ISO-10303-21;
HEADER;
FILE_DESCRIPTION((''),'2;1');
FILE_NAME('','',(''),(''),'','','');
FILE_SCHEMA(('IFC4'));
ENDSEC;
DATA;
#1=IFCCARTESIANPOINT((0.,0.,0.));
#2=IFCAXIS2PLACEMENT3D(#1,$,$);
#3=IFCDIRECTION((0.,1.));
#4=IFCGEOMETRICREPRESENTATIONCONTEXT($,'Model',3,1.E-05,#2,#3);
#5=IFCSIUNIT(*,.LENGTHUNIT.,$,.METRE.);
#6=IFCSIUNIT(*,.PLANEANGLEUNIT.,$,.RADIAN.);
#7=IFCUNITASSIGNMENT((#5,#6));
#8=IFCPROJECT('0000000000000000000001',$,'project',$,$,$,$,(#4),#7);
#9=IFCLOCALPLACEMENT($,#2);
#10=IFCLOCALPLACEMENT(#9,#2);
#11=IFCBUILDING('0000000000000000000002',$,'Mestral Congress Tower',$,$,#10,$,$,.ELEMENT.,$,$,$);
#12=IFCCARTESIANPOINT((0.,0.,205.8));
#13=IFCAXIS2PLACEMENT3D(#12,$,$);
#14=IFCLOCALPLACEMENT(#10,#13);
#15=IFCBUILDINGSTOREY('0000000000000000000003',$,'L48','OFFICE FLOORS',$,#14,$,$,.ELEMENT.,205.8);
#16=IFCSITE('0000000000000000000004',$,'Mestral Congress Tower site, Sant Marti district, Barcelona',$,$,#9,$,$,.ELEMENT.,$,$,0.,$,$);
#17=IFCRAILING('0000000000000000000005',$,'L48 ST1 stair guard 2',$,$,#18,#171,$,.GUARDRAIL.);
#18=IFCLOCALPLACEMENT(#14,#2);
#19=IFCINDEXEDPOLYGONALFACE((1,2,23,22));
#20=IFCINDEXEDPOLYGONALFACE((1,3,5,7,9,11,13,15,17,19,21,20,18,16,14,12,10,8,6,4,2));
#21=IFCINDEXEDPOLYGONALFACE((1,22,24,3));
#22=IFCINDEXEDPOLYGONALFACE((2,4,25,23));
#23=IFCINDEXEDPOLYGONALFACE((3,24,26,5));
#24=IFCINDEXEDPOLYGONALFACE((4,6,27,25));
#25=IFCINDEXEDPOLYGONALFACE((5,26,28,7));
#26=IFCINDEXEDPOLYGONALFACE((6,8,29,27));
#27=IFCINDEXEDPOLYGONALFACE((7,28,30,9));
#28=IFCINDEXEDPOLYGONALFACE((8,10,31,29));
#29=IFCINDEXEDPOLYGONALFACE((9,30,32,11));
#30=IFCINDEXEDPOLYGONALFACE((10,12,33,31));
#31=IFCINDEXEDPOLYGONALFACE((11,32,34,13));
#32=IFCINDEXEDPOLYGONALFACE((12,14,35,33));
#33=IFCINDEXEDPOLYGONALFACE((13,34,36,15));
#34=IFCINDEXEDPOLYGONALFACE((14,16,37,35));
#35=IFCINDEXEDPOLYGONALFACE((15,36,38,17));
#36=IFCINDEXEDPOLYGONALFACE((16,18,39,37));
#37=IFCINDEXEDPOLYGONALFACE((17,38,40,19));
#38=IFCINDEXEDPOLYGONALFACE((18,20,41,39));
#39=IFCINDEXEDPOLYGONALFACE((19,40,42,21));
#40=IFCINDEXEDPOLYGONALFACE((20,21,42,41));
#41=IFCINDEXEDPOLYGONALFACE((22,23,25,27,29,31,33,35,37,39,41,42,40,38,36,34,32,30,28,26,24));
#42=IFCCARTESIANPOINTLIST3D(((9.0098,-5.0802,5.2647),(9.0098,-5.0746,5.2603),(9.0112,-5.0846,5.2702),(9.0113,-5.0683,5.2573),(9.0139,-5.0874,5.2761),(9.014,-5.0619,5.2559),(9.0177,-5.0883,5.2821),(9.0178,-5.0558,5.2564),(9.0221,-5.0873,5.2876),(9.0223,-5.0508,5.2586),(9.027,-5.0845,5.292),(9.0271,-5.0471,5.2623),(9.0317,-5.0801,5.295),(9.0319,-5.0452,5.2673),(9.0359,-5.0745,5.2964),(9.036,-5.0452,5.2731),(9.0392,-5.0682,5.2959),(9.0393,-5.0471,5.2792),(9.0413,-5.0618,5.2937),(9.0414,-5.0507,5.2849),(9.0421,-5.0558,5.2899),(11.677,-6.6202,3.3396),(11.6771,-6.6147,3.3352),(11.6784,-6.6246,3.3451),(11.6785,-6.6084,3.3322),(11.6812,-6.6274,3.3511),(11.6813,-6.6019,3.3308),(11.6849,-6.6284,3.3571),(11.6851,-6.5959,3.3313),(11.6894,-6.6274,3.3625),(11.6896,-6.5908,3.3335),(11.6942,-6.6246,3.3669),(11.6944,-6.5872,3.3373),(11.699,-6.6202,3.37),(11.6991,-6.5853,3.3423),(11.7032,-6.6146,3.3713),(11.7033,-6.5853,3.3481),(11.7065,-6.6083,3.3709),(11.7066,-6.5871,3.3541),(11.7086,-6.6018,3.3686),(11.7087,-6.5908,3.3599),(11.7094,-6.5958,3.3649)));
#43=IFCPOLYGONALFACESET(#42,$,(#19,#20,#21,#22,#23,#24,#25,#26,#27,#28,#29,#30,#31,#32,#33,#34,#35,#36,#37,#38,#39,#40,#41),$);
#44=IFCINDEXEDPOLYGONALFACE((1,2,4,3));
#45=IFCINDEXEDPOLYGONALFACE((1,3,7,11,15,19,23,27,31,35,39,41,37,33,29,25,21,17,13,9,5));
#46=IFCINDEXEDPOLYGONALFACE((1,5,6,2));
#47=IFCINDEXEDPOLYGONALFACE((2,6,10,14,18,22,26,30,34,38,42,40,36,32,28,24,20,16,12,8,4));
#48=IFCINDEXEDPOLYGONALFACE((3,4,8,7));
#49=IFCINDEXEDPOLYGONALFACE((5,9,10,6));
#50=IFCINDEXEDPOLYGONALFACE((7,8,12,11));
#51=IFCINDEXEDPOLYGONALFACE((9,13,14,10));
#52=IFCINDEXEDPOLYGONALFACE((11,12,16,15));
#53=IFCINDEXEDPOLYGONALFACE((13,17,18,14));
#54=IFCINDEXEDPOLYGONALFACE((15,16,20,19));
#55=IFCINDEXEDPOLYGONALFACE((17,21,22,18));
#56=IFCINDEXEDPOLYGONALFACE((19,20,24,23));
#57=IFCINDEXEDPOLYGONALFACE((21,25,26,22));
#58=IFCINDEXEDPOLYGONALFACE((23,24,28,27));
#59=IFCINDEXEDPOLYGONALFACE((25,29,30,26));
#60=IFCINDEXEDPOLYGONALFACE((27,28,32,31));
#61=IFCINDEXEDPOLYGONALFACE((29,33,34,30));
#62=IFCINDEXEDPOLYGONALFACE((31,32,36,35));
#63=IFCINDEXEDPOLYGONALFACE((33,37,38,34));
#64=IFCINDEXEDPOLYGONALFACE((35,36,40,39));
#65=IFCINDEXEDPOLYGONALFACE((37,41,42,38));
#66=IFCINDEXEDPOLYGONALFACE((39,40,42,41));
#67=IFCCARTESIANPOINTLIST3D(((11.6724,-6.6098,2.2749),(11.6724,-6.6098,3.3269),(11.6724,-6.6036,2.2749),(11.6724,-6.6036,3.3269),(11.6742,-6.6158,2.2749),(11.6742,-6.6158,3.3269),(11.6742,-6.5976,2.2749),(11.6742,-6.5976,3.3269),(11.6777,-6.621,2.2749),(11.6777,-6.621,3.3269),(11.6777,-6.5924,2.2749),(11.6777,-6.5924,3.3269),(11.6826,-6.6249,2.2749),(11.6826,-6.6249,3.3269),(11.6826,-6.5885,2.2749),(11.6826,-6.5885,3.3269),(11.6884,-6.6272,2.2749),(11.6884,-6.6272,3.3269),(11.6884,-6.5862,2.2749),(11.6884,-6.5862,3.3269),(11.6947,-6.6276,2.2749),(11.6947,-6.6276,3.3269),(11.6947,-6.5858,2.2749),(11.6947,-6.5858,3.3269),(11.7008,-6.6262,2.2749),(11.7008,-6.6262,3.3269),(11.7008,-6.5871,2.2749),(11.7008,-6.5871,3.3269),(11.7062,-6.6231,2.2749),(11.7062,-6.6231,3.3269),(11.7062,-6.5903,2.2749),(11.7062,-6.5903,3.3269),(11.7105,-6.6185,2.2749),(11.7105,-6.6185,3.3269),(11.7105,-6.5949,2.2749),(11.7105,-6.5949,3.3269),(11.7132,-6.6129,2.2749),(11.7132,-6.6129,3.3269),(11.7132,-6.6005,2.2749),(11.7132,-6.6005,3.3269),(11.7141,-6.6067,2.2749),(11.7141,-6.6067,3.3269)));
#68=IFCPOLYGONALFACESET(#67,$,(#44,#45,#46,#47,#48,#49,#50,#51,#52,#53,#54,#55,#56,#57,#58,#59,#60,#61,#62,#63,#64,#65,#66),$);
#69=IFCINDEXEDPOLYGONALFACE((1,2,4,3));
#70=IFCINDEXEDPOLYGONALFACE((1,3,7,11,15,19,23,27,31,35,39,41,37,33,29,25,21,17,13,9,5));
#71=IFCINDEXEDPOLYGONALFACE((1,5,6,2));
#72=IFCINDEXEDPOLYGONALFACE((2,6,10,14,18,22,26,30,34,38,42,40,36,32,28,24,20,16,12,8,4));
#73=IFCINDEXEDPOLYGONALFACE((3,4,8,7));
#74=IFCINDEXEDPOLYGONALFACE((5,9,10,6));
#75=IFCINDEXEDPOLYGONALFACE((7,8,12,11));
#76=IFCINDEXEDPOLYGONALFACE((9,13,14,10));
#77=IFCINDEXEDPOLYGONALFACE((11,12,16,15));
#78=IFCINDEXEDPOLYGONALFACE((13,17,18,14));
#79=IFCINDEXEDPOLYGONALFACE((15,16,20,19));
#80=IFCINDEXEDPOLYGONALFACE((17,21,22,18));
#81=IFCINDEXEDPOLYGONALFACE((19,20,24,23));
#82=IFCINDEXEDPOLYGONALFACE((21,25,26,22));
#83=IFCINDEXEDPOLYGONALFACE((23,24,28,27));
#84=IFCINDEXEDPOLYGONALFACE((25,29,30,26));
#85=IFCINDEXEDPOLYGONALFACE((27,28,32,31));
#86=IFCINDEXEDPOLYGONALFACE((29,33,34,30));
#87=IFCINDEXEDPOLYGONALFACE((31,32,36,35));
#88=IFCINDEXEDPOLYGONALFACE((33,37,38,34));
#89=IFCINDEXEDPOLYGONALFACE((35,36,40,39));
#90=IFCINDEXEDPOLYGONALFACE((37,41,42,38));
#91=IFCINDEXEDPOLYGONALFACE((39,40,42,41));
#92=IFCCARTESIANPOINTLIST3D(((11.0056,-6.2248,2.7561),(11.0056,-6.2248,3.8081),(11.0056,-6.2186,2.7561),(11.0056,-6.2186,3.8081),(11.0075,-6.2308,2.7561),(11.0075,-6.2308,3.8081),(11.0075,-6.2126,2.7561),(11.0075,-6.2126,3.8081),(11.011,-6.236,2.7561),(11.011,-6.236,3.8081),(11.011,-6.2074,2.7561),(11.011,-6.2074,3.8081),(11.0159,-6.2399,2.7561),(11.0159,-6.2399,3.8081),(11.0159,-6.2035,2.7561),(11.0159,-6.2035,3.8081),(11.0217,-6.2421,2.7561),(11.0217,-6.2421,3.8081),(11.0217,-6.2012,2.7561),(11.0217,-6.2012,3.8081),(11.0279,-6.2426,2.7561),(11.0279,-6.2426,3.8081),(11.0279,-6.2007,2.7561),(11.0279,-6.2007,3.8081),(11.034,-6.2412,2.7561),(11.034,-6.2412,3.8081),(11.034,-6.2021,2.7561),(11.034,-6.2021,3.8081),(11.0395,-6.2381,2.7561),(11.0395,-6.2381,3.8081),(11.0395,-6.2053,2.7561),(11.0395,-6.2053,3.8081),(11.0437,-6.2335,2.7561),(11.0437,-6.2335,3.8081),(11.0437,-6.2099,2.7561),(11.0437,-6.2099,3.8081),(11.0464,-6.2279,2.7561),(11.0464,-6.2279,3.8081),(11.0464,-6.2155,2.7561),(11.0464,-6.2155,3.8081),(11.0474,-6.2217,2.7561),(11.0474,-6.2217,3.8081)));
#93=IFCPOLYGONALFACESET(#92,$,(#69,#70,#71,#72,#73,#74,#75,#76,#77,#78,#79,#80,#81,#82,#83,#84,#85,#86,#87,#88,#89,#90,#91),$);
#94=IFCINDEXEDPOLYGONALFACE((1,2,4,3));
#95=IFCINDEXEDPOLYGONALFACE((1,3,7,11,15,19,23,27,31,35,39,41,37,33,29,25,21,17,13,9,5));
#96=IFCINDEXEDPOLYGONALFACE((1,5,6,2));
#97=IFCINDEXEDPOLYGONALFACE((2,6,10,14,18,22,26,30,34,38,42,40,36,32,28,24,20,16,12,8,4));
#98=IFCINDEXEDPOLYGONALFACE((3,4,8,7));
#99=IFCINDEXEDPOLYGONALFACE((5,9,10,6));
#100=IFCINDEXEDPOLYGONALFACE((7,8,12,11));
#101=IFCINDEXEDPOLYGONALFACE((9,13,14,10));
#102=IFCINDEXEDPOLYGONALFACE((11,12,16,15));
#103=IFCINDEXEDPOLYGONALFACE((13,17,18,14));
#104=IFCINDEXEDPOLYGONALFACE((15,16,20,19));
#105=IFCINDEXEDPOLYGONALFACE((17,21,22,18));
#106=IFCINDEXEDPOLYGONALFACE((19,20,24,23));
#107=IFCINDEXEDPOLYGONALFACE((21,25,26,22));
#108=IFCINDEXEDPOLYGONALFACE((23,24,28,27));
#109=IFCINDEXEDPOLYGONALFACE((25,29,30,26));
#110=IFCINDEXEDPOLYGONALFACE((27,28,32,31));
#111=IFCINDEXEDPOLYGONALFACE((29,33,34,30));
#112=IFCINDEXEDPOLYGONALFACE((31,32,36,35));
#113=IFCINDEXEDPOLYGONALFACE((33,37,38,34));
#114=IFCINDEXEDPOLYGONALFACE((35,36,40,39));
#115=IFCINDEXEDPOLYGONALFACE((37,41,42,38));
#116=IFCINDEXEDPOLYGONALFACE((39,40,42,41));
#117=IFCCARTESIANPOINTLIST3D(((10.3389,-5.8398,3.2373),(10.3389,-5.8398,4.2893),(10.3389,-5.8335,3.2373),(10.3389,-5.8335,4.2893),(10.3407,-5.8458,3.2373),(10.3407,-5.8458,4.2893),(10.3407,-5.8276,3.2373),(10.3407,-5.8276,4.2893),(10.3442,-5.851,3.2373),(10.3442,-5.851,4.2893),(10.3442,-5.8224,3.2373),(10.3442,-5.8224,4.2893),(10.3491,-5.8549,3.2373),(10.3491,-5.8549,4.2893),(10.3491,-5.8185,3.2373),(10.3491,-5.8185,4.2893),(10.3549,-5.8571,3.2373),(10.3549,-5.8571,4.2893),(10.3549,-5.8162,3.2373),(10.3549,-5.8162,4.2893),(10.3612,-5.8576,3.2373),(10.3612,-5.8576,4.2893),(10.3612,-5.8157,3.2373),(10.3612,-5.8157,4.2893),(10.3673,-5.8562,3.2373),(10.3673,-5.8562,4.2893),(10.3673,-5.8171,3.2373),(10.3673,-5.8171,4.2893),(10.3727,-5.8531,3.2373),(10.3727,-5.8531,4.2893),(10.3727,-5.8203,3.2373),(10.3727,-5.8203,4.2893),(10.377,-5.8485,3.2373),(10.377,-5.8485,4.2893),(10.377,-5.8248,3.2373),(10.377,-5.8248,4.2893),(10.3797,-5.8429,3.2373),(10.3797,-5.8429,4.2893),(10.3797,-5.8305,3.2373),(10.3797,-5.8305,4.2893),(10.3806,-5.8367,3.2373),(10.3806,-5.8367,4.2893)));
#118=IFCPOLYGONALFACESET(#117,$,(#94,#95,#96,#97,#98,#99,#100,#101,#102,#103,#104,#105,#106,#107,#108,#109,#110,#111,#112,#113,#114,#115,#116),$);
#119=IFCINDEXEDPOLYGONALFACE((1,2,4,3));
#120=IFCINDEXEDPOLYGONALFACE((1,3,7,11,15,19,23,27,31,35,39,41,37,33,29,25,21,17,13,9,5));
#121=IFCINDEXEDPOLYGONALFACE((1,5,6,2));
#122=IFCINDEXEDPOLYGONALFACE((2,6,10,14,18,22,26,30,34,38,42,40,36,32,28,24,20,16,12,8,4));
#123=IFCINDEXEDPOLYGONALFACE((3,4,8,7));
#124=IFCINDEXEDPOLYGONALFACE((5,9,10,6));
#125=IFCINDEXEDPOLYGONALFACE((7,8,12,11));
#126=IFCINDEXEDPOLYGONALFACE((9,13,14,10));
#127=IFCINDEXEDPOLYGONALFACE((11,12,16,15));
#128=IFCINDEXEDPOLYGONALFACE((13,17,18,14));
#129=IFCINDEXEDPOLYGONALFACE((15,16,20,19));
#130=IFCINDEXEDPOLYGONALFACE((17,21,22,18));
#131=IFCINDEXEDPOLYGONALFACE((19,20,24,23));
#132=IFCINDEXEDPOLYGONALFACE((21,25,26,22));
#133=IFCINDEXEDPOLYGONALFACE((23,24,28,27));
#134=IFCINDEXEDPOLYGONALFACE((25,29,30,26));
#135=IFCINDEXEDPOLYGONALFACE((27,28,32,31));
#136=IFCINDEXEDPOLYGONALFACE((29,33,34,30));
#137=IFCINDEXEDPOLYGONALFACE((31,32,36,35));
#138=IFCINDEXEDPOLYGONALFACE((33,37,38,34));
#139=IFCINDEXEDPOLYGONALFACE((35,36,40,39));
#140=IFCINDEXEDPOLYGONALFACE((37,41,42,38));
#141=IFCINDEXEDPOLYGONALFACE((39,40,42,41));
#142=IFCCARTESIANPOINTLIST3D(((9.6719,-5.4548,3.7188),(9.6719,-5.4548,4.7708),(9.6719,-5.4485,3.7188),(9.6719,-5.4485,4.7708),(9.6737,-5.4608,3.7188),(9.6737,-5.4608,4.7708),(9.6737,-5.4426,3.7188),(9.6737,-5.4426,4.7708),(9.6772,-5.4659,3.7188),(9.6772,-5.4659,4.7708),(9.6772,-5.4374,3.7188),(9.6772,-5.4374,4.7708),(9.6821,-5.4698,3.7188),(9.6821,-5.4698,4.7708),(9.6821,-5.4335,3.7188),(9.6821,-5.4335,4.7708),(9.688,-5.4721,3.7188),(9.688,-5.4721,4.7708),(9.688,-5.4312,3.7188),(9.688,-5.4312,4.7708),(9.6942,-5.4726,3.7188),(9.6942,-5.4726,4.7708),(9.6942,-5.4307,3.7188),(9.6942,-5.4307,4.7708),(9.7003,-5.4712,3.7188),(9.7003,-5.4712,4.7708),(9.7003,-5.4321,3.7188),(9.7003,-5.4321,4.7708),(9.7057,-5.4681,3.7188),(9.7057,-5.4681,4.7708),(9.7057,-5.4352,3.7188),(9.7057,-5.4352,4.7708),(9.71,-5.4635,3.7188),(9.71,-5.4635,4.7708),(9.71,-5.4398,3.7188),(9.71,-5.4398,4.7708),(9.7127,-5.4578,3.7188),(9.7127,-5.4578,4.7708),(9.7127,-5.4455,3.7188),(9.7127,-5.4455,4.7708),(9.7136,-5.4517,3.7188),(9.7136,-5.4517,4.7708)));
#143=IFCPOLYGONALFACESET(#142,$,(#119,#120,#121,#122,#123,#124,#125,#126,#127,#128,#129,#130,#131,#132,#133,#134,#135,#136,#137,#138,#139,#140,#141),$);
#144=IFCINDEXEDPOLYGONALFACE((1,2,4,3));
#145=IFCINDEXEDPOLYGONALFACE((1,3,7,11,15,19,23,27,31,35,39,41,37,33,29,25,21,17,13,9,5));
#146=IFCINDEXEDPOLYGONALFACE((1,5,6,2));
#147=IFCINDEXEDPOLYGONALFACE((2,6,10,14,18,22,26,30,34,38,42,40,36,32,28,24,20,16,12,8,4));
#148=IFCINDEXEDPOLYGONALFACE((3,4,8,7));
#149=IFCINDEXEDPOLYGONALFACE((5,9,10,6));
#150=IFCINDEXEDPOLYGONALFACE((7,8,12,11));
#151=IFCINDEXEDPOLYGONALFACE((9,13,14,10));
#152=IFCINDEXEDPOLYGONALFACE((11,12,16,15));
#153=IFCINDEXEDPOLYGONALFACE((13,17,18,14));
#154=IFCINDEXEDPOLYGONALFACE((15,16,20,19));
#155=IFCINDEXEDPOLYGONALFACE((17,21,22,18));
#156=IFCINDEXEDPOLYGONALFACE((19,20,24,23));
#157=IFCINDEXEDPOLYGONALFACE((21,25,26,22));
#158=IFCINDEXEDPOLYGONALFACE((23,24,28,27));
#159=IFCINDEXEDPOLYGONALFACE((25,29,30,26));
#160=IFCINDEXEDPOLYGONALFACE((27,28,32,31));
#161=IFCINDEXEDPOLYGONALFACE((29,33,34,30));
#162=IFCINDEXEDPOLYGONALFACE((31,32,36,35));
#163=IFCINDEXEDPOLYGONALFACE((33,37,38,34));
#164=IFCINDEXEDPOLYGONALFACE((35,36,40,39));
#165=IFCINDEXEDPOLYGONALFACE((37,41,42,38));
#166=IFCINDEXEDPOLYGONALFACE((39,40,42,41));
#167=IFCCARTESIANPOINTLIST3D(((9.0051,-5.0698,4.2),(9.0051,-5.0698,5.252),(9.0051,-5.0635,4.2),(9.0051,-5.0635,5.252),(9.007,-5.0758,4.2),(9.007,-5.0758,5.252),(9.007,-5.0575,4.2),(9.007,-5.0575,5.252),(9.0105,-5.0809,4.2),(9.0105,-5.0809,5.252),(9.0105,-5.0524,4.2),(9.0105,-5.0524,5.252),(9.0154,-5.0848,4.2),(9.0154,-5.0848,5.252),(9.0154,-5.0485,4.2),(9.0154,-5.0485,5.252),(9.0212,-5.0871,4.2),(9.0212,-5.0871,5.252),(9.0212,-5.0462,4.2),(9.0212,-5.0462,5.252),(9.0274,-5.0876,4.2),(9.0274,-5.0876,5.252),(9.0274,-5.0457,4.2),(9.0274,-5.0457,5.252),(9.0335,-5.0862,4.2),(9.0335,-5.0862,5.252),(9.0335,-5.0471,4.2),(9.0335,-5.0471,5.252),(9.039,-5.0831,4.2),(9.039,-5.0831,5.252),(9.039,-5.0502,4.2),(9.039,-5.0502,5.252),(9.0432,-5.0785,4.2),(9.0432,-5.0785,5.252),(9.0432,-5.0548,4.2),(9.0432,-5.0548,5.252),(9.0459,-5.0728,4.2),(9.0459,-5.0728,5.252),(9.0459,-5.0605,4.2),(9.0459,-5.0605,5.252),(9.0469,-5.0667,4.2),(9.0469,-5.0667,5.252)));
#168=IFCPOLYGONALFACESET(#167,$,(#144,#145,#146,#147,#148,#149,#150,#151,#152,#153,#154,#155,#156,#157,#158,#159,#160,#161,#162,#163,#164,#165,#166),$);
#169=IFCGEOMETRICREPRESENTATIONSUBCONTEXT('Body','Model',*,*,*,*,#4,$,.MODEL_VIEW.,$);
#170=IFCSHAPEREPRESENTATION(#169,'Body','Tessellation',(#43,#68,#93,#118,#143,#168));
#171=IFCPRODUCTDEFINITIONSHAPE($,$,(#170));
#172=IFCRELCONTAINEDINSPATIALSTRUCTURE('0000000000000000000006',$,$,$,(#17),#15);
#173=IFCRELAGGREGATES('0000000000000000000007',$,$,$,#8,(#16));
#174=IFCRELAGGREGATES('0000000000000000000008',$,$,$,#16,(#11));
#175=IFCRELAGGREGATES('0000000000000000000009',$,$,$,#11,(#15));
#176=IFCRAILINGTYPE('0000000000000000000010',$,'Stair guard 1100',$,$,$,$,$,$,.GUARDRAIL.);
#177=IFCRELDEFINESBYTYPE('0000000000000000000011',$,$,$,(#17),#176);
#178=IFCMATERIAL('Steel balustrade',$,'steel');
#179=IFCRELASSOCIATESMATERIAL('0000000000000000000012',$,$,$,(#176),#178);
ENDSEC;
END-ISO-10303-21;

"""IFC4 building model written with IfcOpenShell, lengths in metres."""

from ifc_helpers import new_model, si_unit, direction, frame, origin, origin_2d, place, context, subcontext, project, spatial, circle, extrude, material, type_object, element, save


model = new_model("IFC4")

# Units and contexts
model_context = context("Model", 3, precision=1e-05, world=origin(), true_north=direction((0.0, 1.0)))
body_context = subcontext(model_context, "Body", "Model", "MODEL_VIEW")
ifc_project = project(units=[si_unit("LENGTHUNIT", "METRE"), si_unit("PLANEANGLEUNIT", "RADIAN")], contexts=[model_context])

# Site, building, storey
site_placement = place(None, origin())
site = spatial("IfcSite", under=ifc_project, at=site_placement, Name="Mestral Congress Tower site, Sant Marti district, Barcelona", CompositionType="ELEMENT", RefElevation=0.0)
building_placement = place(site_placement, origin())
building = spatial("IfcBuilding", under=site, at=building_placement, Name="Mestral Congress Tower", CompositionType="ELEMENT")
storey_placement = place(building_placement, frame((0.0, 0.0, 205.8)))
storey = spatial("IfcBuildingStorey", under=building, at=storey_placement, Name="L48", Description="OFFICE FLOORS", CompositionType="ELEMENT", Elevation=205.8)

# Railing
ifc_material_1 = material(Name="Steel balustrade", Category="steel")
railing_type_1 = type_object("IfcRailingType", Name="Stair guard 1100", PredefinedType="GUARDRAIL", material=ifc_material_1)
railing_1_placement = place(storey_placement, frame((11.6931, -6.6067, 2.2749)))
element("IfcRailing", 1, at=railing_1_placement, inside=storey, type_object=railing_type_1, Name="L48 ST1 stair guard 2", PredefinedType="GUARDRAIL", context=body_context, shape_type="SweptSolid", body=[
    extrude(circle(Radius=0.0239, at=origin_2d()), frame((0.0, 0.0, 1.0762), z_axis=(-0.734364, 0.424015, 0.530019), x_axis=(-0.500027, -0.86601, 0.0)), (0.0, 0.0, 1.0), 3.6321),
    extrude(circle(Radius=0.021, at=origin_2d()), origin(), (0.0, 0.0, 1.0), 1.052),
    extrude(circle(Radius=0.021, at=origin_2d()), frame((-0.6667, 0.385, 0.4812)), (0.0, 0.0, 1.0), 1.052),
    extrude(circle(Radius=0.021, at=origin_2d()), frame((-1.3335, 0.77, 0.9624)), (0.0, 0.0, 1.0), 1.052),
    extrude(circle(Radius=0.021, at=origin_2d()), frame((-2.0005, 1.155, 1.4438)), (0.0, 0.0, 1.0), 1.052),
    extrude(circle(Radius=0.021, at=origin_2d()), frame((-2.6672, 1.54, 1.925)), (0.0, 0.0, 1.0), 1.052),
])

save(model, "model.ifc")
